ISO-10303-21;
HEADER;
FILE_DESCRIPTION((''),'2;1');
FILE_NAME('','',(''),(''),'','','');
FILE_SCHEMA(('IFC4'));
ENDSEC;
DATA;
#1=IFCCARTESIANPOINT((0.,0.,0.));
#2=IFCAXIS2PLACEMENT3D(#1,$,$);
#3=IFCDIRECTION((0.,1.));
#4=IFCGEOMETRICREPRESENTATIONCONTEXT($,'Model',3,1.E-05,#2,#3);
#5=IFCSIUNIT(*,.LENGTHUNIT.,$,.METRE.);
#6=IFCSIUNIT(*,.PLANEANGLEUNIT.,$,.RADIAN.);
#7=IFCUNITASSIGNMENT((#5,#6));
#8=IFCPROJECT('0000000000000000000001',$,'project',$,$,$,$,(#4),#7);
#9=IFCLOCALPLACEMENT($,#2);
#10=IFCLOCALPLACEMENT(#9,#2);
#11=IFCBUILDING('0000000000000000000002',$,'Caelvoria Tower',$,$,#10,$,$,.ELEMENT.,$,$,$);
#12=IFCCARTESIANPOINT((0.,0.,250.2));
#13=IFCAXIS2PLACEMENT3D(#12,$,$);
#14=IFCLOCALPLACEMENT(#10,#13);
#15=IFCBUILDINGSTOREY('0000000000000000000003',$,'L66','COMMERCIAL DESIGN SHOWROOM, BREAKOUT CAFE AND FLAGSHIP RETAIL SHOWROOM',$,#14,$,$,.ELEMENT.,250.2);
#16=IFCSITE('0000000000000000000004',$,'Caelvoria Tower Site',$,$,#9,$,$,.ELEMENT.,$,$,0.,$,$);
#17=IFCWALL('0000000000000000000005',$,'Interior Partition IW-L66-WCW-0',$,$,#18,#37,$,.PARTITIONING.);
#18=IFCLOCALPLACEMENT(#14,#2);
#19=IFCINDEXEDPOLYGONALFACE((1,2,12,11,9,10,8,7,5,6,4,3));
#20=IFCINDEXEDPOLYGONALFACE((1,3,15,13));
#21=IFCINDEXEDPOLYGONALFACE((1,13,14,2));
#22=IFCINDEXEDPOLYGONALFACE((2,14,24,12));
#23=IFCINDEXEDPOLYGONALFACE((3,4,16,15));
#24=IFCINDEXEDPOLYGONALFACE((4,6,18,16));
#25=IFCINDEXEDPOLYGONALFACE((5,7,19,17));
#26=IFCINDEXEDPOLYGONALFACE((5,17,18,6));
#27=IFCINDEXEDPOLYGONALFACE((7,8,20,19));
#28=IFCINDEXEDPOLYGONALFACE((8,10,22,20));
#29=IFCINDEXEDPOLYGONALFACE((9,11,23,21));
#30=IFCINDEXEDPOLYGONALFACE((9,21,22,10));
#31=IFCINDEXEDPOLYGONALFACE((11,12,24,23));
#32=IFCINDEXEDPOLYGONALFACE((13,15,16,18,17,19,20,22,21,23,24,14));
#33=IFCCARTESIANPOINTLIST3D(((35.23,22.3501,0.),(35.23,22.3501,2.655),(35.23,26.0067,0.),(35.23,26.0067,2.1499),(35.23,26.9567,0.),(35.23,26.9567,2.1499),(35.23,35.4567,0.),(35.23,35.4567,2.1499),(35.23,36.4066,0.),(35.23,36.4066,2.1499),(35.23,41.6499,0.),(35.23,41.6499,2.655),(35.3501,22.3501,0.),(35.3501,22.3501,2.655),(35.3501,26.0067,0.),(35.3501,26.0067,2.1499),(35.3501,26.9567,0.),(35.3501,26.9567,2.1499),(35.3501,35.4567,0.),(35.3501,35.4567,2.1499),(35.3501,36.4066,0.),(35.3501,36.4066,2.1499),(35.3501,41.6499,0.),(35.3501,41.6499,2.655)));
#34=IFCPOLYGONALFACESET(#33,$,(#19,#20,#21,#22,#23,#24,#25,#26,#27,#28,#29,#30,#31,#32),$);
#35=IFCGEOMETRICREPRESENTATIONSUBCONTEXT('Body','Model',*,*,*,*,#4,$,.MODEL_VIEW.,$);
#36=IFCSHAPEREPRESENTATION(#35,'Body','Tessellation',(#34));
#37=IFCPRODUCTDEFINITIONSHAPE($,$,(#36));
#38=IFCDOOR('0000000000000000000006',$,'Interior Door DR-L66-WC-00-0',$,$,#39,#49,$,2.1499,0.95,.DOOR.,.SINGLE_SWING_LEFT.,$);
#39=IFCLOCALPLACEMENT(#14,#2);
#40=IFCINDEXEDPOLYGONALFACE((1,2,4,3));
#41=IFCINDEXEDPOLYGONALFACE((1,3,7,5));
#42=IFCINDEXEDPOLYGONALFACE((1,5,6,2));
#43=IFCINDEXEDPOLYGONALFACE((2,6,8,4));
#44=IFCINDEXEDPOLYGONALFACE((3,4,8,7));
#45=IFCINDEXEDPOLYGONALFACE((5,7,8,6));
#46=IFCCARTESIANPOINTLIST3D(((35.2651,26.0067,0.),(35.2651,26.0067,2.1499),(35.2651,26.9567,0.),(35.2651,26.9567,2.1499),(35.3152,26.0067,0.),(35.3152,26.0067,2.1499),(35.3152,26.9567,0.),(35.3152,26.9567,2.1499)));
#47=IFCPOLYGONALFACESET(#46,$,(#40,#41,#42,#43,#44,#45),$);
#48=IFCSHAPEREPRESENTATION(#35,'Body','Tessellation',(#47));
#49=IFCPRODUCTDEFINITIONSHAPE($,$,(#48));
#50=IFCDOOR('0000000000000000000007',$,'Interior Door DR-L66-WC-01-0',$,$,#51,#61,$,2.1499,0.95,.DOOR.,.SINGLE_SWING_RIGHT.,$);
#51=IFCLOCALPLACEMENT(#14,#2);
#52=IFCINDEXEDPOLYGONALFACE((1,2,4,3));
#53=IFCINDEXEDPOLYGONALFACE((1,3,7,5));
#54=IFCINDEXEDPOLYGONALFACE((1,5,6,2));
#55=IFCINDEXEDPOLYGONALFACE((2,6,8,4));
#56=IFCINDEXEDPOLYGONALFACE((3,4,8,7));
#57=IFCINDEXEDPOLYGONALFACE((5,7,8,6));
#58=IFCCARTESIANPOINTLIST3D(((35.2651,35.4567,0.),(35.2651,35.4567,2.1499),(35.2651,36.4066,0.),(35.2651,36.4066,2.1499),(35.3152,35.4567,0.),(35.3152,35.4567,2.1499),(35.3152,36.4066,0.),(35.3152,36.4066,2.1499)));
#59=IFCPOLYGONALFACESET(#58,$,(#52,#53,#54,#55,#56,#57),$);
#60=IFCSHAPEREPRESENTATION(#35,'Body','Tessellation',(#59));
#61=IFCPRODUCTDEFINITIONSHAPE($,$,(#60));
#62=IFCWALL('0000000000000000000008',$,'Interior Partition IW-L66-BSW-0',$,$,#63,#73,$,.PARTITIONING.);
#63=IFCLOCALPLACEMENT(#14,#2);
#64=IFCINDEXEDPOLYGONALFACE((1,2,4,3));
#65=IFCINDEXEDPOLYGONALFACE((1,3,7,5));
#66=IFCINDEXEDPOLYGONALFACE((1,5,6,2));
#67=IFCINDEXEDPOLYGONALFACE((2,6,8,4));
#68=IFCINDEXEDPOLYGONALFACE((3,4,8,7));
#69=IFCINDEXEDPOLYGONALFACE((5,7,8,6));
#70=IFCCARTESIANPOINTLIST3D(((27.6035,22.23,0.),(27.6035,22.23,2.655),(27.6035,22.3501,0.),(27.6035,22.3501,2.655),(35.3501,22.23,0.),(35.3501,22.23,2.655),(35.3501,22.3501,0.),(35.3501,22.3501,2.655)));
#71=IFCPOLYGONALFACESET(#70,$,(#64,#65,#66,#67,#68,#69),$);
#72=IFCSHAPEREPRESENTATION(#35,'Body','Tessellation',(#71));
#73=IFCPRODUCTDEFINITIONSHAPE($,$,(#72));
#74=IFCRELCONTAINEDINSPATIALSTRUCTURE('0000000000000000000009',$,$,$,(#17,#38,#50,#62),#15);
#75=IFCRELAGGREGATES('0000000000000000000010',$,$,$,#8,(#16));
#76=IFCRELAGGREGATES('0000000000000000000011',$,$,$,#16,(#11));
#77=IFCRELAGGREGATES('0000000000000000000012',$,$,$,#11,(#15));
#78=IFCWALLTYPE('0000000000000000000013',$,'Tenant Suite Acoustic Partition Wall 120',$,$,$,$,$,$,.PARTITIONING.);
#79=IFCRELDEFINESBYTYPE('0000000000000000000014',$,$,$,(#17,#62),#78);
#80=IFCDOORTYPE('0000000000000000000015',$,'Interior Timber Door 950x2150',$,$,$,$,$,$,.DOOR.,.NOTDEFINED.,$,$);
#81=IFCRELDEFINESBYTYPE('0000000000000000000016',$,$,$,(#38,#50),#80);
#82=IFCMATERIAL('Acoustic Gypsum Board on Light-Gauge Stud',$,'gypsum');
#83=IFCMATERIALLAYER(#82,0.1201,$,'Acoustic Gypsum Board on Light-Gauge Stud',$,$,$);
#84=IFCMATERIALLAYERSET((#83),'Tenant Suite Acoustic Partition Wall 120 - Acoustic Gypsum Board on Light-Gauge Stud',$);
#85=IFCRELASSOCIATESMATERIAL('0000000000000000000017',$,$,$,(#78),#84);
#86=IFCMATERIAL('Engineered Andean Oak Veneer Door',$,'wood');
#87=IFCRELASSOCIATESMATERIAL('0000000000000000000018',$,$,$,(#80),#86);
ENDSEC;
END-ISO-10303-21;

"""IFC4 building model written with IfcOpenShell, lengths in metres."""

from ifc_helpers import new_model, si_unit, direction, frame, frame_2d, origin, place, context, subcontext, project, spatial, rectangle, extrude, material, layer, layer_set, type_object, element, fill, save


model = new_model("IFC4")

# Units and contexts
model_context = context("Model", 3, precision=1e-05, world=origin(), true_north=direction((0.0, 1.0)))
body_context = subcontext(model_context, "Body", "Model", "MODEL_VIEW")
ifc_project = project(units=[si_unit("LENGTHUNIT", "METRE"), si_unit("PLANEANGLEUNIT", "RADIAN")], contexts=[model_context])

# Site, building, storey
site_placement = place(None, origin())
site = spatial("IfcSite", under=ifc_project, at=site_placement, Name="Caelvoria Tower Site", CompositionType="ELEMENT", RefElevation=0.0)
building_placement = place(site_placement, origin())
building = spatial("IfcBuilding", under=site, at=building_placement, Name="Caelvoria Tower", CompositionType="ELEMENT")
storey_placement = place(building_placement, frame((0.0, 0.0, 250.2)))
storey = spatial("IfcBuildingStorey", under=building, at=storey_placement, Name="L66", Description="COMMERCIAL DESIGN SHOWROOM, BREAKOUT CAFE AND FLAGSHIP RETAIL SHOWROOM", CompositionType="ELEMENT", Elevation=250.2)

# Shared definitions
ifc_material_1 = material(Name="Engineered Andean Oak Veneer Door", Category="wood")
ifc_material_2 = material(Name="Acoustic Gypsum Board on Light-Gauge Stud", Category="gypsum")
ifc_layer_1 = layer(ifc_material_2, 0.1201, Name="Acoustic Gypsum Board on Light-Gauge Stud")
ifc_layer_set_1 = layer_set([ifc_layer_1], Name="Tenant Suite Acoustic Partition Wall 120 - Acoustic Gypsum Board on Light-Gauge Stud")
wall_type_1 = type_object("IfcWallType", Name="Tenant Suite Acoustic Partition Wall 120", PredefinedType="PARTITIONING", material=ifc_layer_set_1)

# Wall, openings, doors
wall_1_placement = place(storey_placement, frame((35.29, 22.3501, 0.0), z_axis=(0.0, 0.0, 1.0), x_axis=(0.0, 1.0, 0.0)))
wall_1 = element("IfcWall", 1, at=wall_1_placement, inside=storey, type_object=wall_type_1, Name="Interior Partition IW-L66-WCW-0", PredefinedType="PARTITIONING", context=body_context, shape_type="SweptSolid", body=[
    extrude(rectangle(XDim=19.2998, YDim=0.1201, at=frame_2d((9.6499, 0.0))), origin(), (0.0, 0.0, 1.0), 2.655),
])
opening_1_placement = place(wall_1_placement, frame((3.6565, 0.0, 0.0)))
opening_1 = element("IfcOpeningElement", 2, at=opening_1_placement, cuts=wall_1, PredefinedType="OPENING", context=body_context, shape_type="SweptSolid", body=[
    extrude(rectangle(XDim=0.95, YDim=2.1499, at=frame_2d((0.4751, 1.075))), frame((0.0, 0.0701, 0.0), z_axis=(0.0, -1.0, 0.0), x_axis=(1.0, 0.0, 0.0)), (0.0, 0.0, 1.0), 0.1401),
])
opening_2_placement = place(wall_1_placement, frame((13.1064, 0.0, 0.0)))
opening_2 = element("IfcOpeningElement", 3, at=opening_2_placement, cuts=wall_1, PredefinedType="OPENING", context=body_context, shape_type="SweptSolid", body=[
    extrude(rectangle(XDim=0.95, YDim=2.1499, at=frame_2d((0.4751, 1.075))), frame((0.0, 0.0701, 0.0), z_axis=(0.0, -1.0, 0.0), x_axis=(1.0, 0.0, 0.0)), (0.0, 0.0, 1.0), 0.1401),
])
door_type_1 = type_object("IfcDoorType", Name="Interior Timber Door 950x2150", OperationType="NOTDEFINED", PredefinedType="DOOR", material=ifc_material_1)
door_1_placement = place(opening_1_placement, origin())
door_1 = element("IfcDoor", 4, at=door_1_placement, inside=storey, type_object=door_type_1, Name="Interior Door DR-L66-WC-00-0", OperationType="SINGLE_SWING_LEFT", OverallHeight=2.1499, OverallWidth=0.95, PredefinedType="DOOR", context=body_context, shape_type="SweptSolid", body=[
    extrude(rectangle(XDim=0.95, YDim=2.1499, at=frame_2d((0.4751, 1.075))), frame((0.0, 0.0249, 0.0), z_axis=(0.0, -1.0, 0.0), x_axis=(1.0, 0.0, 0.0)), (0.0, 0.0, 1.0), 0.05),
])
fill(opening_1, door_1)
door_2_placement = place(opening_2_placement, origin())
door_2 = element("IfcDoor", 5, at=door_2_placement, inside=storey, type_object=door_type_1, Name="Interior Door DR-L66-WC-01-0", OperationType="SINGLE_SWING_RIGHT", OverallHeight=2.1499, OverallWidth=0.95, PredefinedType="DOOR", context=body_context, shape_type="SweptSolid", body=[
    extrude(rectangle(XDim=0.95, YDim=2.1499, at=frame_2d((0.4751, 1.075))), frame((0.0, 0.0249, 0.0), z_axis=(0.0, -1.0, 0.0), x_axis=(1.0, 0.0, 0.0)), (0.0, 0.0, 1.0), 0.05),
])
fill(opening_2, door_2)

# Wall
wall_2_placement = place(storey_placement, frame((35.3501, 22.29, 0.0), z_axis=(0.0, 0.0, 1.0), x_axis=(-1.0, 0.0, 0.0)))
element("IfcWall", 6, at=wall_2_placement, inside=storey, type_object=wall_type_1, Name="Interior Partition IW-L66-BSW-0", PredefinedType="PARTITIONING", context=body_context, shape_type="SweptSolid", body=[
    extrude(rectangle(XDim=7.7466, YDim=0.1201, at=frame_2d((3.8733, 0.0))), origin(), (0.0, 0.0, 1.0), 2.655),
])

save(model, "model.ifc")
